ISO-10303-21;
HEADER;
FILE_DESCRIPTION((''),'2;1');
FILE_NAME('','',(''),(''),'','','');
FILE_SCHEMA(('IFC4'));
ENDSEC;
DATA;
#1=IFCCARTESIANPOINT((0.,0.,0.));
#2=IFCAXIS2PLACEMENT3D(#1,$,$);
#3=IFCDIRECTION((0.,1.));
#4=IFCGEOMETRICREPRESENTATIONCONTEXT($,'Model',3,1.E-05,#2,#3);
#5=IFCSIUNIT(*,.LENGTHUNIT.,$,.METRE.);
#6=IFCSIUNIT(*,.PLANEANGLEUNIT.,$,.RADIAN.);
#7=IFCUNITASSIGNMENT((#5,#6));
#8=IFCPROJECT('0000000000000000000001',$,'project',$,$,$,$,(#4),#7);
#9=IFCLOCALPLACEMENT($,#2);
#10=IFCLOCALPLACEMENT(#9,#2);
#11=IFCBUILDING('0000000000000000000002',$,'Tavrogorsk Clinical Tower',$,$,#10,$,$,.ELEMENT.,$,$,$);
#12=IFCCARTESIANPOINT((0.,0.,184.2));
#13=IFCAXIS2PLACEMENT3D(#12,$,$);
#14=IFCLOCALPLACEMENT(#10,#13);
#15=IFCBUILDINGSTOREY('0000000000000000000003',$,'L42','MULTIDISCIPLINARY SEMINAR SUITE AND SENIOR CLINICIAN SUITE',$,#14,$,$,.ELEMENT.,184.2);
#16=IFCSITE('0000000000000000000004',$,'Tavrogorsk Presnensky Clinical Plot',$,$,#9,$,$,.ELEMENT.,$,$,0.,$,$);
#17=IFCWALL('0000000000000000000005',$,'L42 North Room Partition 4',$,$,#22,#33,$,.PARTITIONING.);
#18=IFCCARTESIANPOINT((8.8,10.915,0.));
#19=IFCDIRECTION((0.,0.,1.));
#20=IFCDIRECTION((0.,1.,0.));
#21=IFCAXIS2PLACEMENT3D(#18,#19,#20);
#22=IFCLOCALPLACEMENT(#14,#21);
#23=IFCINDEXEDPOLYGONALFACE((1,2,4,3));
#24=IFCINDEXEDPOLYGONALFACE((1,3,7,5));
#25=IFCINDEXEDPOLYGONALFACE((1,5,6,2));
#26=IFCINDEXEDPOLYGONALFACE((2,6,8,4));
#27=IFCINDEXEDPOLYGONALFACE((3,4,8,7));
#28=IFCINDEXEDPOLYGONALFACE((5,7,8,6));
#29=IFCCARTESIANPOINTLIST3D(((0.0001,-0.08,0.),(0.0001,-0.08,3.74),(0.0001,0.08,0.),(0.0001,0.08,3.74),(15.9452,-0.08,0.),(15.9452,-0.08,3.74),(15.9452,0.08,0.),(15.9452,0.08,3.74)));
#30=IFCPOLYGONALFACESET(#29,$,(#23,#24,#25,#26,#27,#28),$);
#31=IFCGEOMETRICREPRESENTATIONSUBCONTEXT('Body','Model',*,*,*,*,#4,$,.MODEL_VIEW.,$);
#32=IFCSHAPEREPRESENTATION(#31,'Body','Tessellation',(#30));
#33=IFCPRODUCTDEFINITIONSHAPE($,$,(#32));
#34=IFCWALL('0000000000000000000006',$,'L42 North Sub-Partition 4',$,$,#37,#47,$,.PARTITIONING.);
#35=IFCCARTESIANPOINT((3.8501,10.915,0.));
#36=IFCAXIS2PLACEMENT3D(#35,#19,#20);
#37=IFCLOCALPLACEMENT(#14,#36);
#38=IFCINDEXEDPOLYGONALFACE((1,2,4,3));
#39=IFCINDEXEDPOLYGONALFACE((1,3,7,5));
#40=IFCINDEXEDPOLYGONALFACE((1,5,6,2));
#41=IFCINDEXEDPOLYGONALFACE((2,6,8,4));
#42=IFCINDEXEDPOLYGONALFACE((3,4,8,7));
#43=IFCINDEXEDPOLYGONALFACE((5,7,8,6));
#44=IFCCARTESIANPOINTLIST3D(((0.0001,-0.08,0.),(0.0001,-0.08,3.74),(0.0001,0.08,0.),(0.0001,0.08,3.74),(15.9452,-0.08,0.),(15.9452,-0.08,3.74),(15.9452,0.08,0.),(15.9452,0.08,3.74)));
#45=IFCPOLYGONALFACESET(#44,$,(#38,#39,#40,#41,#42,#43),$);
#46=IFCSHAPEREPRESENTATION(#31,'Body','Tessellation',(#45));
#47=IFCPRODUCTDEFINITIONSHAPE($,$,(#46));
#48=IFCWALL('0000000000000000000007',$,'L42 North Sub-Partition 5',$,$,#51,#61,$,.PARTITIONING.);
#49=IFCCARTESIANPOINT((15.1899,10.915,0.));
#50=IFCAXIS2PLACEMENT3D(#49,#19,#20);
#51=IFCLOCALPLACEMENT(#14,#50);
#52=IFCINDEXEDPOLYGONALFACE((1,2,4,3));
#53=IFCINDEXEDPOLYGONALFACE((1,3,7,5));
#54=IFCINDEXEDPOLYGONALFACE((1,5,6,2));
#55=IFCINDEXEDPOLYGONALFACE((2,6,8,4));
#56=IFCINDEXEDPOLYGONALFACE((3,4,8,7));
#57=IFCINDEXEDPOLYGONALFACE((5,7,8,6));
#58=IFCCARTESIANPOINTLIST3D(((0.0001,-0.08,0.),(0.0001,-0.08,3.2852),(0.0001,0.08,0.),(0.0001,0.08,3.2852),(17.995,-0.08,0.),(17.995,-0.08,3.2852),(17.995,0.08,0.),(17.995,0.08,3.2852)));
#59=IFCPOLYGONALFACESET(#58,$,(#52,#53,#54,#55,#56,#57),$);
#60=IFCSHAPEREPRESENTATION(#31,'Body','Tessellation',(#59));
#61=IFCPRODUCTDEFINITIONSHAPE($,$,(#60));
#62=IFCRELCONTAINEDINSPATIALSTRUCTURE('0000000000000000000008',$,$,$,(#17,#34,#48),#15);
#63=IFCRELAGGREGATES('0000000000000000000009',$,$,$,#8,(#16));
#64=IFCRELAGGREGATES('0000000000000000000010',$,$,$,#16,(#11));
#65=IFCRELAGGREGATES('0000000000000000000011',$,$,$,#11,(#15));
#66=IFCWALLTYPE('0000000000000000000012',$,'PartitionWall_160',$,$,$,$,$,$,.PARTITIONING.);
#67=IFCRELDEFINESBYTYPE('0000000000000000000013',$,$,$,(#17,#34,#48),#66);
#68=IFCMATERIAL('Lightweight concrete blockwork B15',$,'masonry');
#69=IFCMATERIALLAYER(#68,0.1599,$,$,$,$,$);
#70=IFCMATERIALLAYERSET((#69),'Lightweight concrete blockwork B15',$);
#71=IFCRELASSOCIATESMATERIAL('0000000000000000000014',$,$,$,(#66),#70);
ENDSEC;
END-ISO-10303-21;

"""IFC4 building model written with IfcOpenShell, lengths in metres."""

from ifc_helpers import new_model, si_unit, direction, frame, frame_2d, origin, place, context, subcontext, project, spatial, rectangle, extrude, material, layer, layer_set, type_object, element, save


model = new_model("IFC4")

# Units and contexts
model_context = context("Model", 3, precision=1e-05, world=origin(), true_north=direction((0.0, 1.0)))
body_context = subcontext(model_context, "Body", "Model", "MODEL_VIEW")
ifc_project = project(units=[si_unit("LENGTHUNIT", "METRE"), si_unit("PLANEANGLEUNIT", "RADIAN")], contexts=[model_context])

# Site, building, storey
site_placement = place(None, origin())
site = spatial("IfcSite", under=ifc_project, at=site_placement, Name="Tavrogorsk Presnensky Clinical Plot", CompositionType="ELEMENT", RefElevation=0.0)
building_placement = place(site_placement, origin())
building = spatial("IfcBuilding", under=site, at=building_placement, Name="Tavrogorsk Clinical Tower", CompositionType="ELEMENT")
storey_placement = place(building_placement, frame((0.0, 0.0, 184.2)))
storey = spatial("IfcBuildingStorey", under=building, at=storey_placement, Name="L42", Description="MULTIDISCIPLINARY SEMINAR SUITE AND SENIOR CLINICIAN SUITE", CompositionType="ELEMENT", Elevation=184.2)

# Shared definitions
ifc_material_1 = material(Name="Lightweight concrete blockwork B15", Category="masonry")
ifc_layer_1 = layer(ifc_material_1, 0.1599)
ifc_layer_set_1 = layer_set([ifc_layer_1], Name="Lightweight concrete blockwork B15")
wall_type_1 = type_object("IfcWallType", Name="PartitionWall_160", PredefinedType="PARTITIONING", material=ifc_layer_set_1)

# Walls
for number, where, z_axis, x_axis, name in (
    (1, (8.8, 10.915, 0.0), (0.0, 0.0, 1.0), (0.0, 1.0, 0.0), "L42 North Room Partition 4"),
    (2, (3.8501, 10.915, 0.0), (0.0, 0.0, 1.0), (0.0, 1.0, 0.0), "L42 North Sub-Partition 4"),
):
    element("IfcWall", number, at=place(storey_placement, frame(where, z_axis=z_axis, x_axis=x_axis)), inside=storey, type_object=wall_type_1, Name=name, PredefinedType="PARTITIONING", context=body_context, shape_type="SweptSolid", body=[
        extrude(rectangle(XDim=15.9451, YDim=0.1599, at=frame_2d((7.9727, 0.0))), origin(), (0.0, 0.0, 1.0), 3.74),
    ])
wall_1_placement = place(storey_placement, frame((15.1899, 10.915, 0.0), z_axis=(0.0, 0.0, 1.0), x_axis=(0.0, 1.0, 0.0)))
element("IfcWall", 3, at=wall_1_placement, inside=storey, type_object=wall_type_1, Name="L42 North Sub-Partition 5", PredefinedType="PARTITIONING", context=body_context, shape_type="SweptSolid", body=[
    extrude(rectangle(XDim=17.9949, YDim=0.1599, at=frame_2d((8.9976, 0.0))), origin(), (0.0, 0.0, 1.0), 3.2852),
])

save(model, "model.ifc")
